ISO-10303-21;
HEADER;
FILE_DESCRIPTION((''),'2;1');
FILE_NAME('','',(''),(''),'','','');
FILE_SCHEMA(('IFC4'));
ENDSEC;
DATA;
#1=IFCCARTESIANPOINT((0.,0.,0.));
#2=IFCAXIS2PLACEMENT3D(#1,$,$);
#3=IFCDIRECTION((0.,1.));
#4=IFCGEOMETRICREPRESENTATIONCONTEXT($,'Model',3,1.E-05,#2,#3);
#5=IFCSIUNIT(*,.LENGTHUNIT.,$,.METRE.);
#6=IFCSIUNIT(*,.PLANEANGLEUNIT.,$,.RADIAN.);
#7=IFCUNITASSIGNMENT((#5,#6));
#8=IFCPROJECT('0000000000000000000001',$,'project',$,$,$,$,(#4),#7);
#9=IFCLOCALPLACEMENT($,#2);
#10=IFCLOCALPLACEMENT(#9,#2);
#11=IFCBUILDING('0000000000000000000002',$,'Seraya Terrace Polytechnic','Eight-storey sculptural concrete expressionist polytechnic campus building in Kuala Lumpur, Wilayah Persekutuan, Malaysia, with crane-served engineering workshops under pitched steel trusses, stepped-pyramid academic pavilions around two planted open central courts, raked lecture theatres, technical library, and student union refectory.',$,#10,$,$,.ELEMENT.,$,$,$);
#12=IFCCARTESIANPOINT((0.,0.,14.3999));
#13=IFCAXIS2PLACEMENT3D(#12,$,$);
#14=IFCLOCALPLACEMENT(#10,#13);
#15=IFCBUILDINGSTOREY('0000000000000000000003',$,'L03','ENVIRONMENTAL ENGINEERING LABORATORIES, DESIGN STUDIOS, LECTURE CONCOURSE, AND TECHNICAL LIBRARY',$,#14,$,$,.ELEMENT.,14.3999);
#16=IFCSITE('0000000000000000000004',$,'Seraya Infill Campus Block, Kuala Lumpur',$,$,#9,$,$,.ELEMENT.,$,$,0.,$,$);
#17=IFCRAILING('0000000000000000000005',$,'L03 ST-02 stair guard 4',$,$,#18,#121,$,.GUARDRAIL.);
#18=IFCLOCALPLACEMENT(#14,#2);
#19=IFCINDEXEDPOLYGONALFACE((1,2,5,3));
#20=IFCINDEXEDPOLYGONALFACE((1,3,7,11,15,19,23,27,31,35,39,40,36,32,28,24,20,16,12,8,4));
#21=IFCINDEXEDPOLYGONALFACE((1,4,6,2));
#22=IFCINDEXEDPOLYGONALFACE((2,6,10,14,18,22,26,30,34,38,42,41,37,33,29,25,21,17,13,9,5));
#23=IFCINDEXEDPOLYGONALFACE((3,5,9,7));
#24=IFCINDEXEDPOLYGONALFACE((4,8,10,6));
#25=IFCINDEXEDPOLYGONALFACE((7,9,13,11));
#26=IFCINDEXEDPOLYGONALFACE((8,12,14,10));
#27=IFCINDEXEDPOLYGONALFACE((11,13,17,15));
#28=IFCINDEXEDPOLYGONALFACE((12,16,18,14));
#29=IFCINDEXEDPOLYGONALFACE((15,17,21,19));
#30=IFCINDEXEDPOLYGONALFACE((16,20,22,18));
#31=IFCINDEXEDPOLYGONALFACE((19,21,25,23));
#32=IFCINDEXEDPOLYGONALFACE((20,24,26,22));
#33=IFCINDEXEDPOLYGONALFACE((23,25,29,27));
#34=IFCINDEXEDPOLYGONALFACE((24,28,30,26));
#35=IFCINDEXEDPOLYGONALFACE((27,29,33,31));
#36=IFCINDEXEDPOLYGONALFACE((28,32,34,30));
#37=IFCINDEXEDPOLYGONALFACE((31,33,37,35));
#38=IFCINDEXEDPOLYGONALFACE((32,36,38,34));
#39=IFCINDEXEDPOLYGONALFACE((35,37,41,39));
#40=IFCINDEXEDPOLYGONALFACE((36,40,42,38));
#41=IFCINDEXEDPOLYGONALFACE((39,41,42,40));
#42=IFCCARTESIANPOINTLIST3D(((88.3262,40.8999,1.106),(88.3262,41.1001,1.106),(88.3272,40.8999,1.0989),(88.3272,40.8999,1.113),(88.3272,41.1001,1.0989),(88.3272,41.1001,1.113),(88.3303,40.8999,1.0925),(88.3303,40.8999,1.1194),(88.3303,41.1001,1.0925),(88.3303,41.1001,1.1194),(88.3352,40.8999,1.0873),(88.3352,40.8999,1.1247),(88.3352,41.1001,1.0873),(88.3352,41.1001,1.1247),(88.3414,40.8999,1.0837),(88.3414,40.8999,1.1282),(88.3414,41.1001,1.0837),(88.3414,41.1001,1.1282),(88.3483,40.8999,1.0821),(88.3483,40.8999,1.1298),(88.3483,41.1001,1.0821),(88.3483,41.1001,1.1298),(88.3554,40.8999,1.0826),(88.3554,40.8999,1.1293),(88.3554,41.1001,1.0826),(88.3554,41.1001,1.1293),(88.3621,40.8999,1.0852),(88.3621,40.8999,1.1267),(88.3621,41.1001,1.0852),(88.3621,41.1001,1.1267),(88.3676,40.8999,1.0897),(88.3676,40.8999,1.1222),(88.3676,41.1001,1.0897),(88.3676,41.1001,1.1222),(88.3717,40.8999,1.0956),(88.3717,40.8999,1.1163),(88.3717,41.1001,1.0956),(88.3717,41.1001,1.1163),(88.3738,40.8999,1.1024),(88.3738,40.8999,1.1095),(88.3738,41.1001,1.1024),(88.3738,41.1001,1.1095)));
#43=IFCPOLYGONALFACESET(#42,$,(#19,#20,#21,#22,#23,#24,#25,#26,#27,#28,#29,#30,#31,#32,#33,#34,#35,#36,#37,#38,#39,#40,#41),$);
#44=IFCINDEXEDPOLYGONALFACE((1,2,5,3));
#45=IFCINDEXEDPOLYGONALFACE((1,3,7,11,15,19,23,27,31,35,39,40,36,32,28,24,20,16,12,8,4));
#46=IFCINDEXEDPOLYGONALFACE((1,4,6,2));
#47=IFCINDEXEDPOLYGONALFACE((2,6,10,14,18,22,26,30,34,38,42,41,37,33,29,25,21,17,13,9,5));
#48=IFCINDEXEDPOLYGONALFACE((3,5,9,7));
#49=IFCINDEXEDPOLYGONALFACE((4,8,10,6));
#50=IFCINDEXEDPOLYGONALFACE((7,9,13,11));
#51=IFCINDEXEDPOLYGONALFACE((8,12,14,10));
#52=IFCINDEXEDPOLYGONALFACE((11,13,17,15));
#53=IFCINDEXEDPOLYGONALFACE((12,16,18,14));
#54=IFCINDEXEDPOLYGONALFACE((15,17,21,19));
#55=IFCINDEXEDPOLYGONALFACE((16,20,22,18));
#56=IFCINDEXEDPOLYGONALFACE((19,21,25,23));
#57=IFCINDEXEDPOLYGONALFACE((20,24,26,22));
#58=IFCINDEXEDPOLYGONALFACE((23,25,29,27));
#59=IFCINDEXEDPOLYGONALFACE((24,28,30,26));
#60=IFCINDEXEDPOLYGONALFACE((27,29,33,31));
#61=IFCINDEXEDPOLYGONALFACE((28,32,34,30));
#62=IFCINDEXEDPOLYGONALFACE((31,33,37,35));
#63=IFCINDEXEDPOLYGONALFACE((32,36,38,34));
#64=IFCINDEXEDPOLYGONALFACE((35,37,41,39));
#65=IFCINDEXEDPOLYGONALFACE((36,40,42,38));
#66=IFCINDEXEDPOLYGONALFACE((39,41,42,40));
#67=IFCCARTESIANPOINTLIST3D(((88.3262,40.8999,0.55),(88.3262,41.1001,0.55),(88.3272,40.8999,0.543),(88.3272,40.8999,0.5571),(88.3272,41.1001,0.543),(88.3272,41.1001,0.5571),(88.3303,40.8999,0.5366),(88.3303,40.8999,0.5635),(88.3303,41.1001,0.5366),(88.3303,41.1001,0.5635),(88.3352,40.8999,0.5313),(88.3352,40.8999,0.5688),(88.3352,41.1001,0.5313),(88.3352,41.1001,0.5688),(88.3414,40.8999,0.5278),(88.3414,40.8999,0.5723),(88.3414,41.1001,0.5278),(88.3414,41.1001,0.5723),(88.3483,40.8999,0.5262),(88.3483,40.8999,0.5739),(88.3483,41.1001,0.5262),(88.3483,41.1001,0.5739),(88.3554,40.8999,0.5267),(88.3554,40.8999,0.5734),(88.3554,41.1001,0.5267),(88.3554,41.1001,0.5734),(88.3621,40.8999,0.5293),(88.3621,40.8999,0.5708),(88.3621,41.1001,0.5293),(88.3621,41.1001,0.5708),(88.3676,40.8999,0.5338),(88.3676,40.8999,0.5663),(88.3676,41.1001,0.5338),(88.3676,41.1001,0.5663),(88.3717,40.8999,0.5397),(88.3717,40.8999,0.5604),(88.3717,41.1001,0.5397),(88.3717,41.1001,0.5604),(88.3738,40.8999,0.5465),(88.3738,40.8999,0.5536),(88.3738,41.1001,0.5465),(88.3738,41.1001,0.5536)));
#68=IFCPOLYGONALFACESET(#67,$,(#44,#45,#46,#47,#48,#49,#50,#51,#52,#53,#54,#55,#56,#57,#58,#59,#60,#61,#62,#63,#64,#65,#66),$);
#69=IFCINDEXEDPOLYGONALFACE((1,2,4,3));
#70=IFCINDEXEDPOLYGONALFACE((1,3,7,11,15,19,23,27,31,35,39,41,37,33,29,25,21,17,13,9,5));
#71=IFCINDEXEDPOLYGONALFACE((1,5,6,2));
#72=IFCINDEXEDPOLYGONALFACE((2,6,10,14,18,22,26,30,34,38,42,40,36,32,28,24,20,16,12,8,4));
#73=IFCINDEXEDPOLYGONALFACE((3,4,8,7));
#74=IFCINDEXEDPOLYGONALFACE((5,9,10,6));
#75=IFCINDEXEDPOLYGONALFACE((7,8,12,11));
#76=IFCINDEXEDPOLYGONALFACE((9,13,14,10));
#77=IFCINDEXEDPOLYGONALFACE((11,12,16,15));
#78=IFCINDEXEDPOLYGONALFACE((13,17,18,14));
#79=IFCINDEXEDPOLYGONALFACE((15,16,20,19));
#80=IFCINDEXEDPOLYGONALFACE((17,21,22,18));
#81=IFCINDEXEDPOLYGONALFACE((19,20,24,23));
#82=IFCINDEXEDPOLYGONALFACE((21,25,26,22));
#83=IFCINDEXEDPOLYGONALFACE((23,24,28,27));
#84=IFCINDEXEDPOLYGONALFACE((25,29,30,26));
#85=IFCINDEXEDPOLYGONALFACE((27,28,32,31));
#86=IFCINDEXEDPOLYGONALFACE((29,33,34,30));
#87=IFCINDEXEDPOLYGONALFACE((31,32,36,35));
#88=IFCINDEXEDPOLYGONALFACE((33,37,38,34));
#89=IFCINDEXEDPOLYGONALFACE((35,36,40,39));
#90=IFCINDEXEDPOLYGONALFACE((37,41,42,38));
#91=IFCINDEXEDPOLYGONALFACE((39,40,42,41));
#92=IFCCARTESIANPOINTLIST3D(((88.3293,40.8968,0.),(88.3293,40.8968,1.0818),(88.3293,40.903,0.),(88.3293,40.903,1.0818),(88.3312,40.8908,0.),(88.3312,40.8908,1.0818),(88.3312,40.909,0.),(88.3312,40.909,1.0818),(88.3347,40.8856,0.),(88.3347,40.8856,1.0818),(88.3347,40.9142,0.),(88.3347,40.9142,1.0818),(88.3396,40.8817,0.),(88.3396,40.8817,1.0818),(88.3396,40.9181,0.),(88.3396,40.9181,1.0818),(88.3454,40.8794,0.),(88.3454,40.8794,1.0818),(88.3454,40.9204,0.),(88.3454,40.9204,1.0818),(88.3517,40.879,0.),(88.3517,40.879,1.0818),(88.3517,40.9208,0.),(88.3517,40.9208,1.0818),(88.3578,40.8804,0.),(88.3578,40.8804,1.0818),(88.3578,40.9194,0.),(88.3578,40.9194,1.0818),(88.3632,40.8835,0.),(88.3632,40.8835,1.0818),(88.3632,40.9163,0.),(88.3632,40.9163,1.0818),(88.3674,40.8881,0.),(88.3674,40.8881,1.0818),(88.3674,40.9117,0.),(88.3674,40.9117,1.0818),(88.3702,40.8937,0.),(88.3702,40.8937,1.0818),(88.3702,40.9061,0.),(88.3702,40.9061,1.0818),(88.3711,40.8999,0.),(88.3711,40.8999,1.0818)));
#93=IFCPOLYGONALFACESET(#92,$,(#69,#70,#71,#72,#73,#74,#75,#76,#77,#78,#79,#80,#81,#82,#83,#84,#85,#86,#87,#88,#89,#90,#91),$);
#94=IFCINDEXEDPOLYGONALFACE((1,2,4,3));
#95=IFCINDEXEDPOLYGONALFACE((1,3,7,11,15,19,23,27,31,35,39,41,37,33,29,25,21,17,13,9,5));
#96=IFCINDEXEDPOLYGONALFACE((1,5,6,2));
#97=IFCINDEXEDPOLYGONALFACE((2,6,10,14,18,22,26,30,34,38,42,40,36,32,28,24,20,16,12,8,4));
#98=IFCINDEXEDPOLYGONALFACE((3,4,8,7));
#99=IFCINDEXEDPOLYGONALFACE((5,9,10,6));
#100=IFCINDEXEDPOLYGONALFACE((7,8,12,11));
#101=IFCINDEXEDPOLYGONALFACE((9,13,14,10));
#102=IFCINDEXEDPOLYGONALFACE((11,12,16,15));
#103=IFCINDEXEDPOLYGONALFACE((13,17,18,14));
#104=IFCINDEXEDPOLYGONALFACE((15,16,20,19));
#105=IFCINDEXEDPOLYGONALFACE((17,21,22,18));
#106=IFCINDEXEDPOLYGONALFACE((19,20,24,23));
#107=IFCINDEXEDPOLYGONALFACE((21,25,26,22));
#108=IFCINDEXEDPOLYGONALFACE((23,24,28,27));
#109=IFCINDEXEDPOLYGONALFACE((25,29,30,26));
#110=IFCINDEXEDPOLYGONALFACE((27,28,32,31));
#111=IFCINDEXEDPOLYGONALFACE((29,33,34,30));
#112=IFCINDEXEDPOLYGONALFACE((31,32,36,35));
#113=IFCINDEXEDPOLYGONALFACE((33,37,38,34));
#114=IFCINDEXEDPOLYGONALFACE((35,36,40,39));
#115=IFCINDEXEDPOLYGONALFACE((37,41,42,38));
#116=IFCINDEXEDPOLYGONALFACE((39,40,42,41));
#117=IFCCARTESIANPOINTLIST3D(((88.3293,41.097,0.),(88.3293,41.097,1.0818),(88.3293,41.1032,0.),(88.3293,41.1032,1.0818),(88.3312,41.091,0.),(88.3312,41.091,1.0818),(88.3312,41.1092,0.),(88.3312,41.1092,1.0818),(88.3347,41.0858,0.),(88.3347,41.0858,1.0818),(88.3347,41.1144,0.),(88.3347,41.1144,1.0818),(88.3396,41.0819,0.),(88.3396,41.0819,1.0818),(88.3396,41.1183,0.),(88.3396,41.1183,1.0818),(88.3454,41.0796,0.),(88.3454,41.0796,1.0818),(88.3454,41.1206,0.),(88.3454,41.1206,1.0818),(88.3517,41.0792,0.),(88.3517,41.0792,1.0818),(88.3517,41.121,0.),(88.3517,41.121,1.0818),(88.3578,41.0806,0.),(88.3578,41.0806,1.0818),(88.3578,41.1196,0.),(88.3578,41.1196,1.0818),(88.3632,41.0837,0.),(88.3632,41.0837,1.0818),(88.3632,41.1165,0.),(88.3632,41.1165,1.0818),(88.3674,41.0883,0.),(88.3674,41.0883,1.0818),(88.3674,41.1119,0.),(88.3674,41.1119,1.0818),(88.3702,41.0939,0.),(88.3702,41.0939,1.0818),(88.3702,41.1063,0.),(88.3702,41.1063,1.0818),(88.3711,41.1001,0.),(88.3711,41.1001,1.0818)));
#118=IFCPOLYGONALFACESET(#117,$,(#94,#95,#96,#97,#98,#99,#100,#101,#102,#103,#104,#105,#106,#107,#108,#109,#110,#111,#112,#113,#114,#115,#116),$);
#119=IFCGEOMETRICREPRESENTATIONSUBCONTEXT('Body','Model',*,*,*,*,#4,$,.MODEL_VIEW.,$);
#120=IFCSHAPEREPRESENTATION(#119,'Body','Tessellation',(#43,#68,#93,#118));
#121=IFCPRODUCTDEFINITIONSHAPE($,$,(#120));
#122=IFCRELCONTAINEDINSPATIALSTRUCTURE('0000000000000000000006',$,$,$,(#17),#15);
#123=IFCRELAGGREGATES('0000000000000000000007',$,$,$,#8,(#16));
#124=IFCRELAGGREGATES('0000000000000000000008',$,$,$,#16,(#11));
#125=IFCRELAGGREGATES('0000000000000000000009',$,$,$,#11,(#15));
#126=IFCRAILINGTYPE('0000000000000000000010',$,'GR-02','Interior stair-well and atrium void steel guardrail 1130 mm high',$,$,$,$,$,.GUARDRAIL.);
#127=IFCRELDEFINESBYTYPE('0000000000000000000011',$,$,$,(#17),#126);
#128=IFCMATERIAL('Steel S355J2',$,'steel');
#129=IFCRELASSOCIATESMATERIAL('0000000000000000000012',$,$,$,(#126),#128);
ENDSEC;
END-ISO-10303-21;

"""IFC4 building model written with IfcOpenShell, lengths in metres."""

from ifc_helpers import new_model, si_unit, direction, frame, origin, origin_2d, place, context, subcontext, project, spatial, circle, extrude, material, type_object, element, save


model = new_model("IFC4")

# Units and contexts
model_context = context("Model", 3, precision=1e-05, world=origin(), true_north=direction((0.0, 1.0)))
body_context = subcontext(model_context, "Body", "Model", "MODEL_VIEW")
ifc_project = project(units=[si_unit("LENGTHUNIT", "METRE"), si_unit("PLANEANGLEUNIT", "RADIAN")], contexts=[model_context])

# Site, building, storey
site_placement = place(None, origin())
site = spatial("IfcSite", under=ifc_project, at=site_placement, Name="Seraya Infill Campus Block, Kuala Lumpur", CompositionType="ELEMENT", RefElevation=0.0)
building_placement = place(site_placement, origin())
building = spatial("IfcBuilding", under=site, at=building_placement, Name="Seraya Terrace Polytechnic", Description="Eight-storey sculptural concrete expressionist polytechnic campus building in Kuala Lumpur, Wilayah Persekutuan, Malaysia, with crane-served engineering workshops under pitched steel trusses, stepped-pyramid academic pavilions around two planted open central courts, raked lecture theatres, technical library, and student union refectory.", CompositionType="ELEMENT")
storey_placement = place(building_placement, frame((0.0, 0.0, 14.3999)))
storey = spatial("IfcBuildingStorey", under=building, at=storey_placement, Name="L03", Description="ENVIRONMENTAL ENGINEERING LABORATORIES, DESIGN STUDIOS, LECTURE CONCOURSE, AND TECHNICAL LIBRARY", CompositionType="ELEMENT", Elevation=14.3999)

# Shared definitions
ifc_material_1 = material(Name="Steel S355J2", Category="steel")

# Railing
railing_type_1 = type_object("IfcRailingType", Name="GR-02", Description="Interior stair-well and atrium void steel guardrail 1130 mm high", PredefinedType="GUARDRAIL", material=ifc_material_1)
railing_1_placement = place(storey_placement, frame((88.3501, 40.8999, 0.0)))
element("IfcRailing", 1, at=railing_1_placement, inside=storey, type_object=railing_type_1, Name="L03 ST-02 stair guard 4", PredefinedType="GUARDRAIL", context=body_context, shape_type="SweptSolid", body=[
    extrude(circle(Radius=0.0239, at=origin_2d()), frame((0.0, 0.0, 1.106), z_axis=(0.0, 1.0, 0.0), x_axis=(-1.0, 0.0, 0.0)), (0.0, 0.0, 1.0), 0.2002),
    extrude(circle(Radius=0.0239, at=origin_2d()), frame((0.0, 0.0, 0.55), z_axis=(0.0, 1.0, 0.0), x_axis=(-1.0, 0.0, 0.0)), (0.0, 0.0, 1.0), 0.2002),
    extrude(circle(Radius=0.021, at=origin_2d()), origin(), (0.0, 0.0, 1.0), 1.0818),
    extrude(circle(Radius=0.021, at=origin_2d()), frame((0.0, 0.2002, 0.0)), (0.0, 0.0, 1.0), 1.0818),
])

save(model, "model.ifc")
